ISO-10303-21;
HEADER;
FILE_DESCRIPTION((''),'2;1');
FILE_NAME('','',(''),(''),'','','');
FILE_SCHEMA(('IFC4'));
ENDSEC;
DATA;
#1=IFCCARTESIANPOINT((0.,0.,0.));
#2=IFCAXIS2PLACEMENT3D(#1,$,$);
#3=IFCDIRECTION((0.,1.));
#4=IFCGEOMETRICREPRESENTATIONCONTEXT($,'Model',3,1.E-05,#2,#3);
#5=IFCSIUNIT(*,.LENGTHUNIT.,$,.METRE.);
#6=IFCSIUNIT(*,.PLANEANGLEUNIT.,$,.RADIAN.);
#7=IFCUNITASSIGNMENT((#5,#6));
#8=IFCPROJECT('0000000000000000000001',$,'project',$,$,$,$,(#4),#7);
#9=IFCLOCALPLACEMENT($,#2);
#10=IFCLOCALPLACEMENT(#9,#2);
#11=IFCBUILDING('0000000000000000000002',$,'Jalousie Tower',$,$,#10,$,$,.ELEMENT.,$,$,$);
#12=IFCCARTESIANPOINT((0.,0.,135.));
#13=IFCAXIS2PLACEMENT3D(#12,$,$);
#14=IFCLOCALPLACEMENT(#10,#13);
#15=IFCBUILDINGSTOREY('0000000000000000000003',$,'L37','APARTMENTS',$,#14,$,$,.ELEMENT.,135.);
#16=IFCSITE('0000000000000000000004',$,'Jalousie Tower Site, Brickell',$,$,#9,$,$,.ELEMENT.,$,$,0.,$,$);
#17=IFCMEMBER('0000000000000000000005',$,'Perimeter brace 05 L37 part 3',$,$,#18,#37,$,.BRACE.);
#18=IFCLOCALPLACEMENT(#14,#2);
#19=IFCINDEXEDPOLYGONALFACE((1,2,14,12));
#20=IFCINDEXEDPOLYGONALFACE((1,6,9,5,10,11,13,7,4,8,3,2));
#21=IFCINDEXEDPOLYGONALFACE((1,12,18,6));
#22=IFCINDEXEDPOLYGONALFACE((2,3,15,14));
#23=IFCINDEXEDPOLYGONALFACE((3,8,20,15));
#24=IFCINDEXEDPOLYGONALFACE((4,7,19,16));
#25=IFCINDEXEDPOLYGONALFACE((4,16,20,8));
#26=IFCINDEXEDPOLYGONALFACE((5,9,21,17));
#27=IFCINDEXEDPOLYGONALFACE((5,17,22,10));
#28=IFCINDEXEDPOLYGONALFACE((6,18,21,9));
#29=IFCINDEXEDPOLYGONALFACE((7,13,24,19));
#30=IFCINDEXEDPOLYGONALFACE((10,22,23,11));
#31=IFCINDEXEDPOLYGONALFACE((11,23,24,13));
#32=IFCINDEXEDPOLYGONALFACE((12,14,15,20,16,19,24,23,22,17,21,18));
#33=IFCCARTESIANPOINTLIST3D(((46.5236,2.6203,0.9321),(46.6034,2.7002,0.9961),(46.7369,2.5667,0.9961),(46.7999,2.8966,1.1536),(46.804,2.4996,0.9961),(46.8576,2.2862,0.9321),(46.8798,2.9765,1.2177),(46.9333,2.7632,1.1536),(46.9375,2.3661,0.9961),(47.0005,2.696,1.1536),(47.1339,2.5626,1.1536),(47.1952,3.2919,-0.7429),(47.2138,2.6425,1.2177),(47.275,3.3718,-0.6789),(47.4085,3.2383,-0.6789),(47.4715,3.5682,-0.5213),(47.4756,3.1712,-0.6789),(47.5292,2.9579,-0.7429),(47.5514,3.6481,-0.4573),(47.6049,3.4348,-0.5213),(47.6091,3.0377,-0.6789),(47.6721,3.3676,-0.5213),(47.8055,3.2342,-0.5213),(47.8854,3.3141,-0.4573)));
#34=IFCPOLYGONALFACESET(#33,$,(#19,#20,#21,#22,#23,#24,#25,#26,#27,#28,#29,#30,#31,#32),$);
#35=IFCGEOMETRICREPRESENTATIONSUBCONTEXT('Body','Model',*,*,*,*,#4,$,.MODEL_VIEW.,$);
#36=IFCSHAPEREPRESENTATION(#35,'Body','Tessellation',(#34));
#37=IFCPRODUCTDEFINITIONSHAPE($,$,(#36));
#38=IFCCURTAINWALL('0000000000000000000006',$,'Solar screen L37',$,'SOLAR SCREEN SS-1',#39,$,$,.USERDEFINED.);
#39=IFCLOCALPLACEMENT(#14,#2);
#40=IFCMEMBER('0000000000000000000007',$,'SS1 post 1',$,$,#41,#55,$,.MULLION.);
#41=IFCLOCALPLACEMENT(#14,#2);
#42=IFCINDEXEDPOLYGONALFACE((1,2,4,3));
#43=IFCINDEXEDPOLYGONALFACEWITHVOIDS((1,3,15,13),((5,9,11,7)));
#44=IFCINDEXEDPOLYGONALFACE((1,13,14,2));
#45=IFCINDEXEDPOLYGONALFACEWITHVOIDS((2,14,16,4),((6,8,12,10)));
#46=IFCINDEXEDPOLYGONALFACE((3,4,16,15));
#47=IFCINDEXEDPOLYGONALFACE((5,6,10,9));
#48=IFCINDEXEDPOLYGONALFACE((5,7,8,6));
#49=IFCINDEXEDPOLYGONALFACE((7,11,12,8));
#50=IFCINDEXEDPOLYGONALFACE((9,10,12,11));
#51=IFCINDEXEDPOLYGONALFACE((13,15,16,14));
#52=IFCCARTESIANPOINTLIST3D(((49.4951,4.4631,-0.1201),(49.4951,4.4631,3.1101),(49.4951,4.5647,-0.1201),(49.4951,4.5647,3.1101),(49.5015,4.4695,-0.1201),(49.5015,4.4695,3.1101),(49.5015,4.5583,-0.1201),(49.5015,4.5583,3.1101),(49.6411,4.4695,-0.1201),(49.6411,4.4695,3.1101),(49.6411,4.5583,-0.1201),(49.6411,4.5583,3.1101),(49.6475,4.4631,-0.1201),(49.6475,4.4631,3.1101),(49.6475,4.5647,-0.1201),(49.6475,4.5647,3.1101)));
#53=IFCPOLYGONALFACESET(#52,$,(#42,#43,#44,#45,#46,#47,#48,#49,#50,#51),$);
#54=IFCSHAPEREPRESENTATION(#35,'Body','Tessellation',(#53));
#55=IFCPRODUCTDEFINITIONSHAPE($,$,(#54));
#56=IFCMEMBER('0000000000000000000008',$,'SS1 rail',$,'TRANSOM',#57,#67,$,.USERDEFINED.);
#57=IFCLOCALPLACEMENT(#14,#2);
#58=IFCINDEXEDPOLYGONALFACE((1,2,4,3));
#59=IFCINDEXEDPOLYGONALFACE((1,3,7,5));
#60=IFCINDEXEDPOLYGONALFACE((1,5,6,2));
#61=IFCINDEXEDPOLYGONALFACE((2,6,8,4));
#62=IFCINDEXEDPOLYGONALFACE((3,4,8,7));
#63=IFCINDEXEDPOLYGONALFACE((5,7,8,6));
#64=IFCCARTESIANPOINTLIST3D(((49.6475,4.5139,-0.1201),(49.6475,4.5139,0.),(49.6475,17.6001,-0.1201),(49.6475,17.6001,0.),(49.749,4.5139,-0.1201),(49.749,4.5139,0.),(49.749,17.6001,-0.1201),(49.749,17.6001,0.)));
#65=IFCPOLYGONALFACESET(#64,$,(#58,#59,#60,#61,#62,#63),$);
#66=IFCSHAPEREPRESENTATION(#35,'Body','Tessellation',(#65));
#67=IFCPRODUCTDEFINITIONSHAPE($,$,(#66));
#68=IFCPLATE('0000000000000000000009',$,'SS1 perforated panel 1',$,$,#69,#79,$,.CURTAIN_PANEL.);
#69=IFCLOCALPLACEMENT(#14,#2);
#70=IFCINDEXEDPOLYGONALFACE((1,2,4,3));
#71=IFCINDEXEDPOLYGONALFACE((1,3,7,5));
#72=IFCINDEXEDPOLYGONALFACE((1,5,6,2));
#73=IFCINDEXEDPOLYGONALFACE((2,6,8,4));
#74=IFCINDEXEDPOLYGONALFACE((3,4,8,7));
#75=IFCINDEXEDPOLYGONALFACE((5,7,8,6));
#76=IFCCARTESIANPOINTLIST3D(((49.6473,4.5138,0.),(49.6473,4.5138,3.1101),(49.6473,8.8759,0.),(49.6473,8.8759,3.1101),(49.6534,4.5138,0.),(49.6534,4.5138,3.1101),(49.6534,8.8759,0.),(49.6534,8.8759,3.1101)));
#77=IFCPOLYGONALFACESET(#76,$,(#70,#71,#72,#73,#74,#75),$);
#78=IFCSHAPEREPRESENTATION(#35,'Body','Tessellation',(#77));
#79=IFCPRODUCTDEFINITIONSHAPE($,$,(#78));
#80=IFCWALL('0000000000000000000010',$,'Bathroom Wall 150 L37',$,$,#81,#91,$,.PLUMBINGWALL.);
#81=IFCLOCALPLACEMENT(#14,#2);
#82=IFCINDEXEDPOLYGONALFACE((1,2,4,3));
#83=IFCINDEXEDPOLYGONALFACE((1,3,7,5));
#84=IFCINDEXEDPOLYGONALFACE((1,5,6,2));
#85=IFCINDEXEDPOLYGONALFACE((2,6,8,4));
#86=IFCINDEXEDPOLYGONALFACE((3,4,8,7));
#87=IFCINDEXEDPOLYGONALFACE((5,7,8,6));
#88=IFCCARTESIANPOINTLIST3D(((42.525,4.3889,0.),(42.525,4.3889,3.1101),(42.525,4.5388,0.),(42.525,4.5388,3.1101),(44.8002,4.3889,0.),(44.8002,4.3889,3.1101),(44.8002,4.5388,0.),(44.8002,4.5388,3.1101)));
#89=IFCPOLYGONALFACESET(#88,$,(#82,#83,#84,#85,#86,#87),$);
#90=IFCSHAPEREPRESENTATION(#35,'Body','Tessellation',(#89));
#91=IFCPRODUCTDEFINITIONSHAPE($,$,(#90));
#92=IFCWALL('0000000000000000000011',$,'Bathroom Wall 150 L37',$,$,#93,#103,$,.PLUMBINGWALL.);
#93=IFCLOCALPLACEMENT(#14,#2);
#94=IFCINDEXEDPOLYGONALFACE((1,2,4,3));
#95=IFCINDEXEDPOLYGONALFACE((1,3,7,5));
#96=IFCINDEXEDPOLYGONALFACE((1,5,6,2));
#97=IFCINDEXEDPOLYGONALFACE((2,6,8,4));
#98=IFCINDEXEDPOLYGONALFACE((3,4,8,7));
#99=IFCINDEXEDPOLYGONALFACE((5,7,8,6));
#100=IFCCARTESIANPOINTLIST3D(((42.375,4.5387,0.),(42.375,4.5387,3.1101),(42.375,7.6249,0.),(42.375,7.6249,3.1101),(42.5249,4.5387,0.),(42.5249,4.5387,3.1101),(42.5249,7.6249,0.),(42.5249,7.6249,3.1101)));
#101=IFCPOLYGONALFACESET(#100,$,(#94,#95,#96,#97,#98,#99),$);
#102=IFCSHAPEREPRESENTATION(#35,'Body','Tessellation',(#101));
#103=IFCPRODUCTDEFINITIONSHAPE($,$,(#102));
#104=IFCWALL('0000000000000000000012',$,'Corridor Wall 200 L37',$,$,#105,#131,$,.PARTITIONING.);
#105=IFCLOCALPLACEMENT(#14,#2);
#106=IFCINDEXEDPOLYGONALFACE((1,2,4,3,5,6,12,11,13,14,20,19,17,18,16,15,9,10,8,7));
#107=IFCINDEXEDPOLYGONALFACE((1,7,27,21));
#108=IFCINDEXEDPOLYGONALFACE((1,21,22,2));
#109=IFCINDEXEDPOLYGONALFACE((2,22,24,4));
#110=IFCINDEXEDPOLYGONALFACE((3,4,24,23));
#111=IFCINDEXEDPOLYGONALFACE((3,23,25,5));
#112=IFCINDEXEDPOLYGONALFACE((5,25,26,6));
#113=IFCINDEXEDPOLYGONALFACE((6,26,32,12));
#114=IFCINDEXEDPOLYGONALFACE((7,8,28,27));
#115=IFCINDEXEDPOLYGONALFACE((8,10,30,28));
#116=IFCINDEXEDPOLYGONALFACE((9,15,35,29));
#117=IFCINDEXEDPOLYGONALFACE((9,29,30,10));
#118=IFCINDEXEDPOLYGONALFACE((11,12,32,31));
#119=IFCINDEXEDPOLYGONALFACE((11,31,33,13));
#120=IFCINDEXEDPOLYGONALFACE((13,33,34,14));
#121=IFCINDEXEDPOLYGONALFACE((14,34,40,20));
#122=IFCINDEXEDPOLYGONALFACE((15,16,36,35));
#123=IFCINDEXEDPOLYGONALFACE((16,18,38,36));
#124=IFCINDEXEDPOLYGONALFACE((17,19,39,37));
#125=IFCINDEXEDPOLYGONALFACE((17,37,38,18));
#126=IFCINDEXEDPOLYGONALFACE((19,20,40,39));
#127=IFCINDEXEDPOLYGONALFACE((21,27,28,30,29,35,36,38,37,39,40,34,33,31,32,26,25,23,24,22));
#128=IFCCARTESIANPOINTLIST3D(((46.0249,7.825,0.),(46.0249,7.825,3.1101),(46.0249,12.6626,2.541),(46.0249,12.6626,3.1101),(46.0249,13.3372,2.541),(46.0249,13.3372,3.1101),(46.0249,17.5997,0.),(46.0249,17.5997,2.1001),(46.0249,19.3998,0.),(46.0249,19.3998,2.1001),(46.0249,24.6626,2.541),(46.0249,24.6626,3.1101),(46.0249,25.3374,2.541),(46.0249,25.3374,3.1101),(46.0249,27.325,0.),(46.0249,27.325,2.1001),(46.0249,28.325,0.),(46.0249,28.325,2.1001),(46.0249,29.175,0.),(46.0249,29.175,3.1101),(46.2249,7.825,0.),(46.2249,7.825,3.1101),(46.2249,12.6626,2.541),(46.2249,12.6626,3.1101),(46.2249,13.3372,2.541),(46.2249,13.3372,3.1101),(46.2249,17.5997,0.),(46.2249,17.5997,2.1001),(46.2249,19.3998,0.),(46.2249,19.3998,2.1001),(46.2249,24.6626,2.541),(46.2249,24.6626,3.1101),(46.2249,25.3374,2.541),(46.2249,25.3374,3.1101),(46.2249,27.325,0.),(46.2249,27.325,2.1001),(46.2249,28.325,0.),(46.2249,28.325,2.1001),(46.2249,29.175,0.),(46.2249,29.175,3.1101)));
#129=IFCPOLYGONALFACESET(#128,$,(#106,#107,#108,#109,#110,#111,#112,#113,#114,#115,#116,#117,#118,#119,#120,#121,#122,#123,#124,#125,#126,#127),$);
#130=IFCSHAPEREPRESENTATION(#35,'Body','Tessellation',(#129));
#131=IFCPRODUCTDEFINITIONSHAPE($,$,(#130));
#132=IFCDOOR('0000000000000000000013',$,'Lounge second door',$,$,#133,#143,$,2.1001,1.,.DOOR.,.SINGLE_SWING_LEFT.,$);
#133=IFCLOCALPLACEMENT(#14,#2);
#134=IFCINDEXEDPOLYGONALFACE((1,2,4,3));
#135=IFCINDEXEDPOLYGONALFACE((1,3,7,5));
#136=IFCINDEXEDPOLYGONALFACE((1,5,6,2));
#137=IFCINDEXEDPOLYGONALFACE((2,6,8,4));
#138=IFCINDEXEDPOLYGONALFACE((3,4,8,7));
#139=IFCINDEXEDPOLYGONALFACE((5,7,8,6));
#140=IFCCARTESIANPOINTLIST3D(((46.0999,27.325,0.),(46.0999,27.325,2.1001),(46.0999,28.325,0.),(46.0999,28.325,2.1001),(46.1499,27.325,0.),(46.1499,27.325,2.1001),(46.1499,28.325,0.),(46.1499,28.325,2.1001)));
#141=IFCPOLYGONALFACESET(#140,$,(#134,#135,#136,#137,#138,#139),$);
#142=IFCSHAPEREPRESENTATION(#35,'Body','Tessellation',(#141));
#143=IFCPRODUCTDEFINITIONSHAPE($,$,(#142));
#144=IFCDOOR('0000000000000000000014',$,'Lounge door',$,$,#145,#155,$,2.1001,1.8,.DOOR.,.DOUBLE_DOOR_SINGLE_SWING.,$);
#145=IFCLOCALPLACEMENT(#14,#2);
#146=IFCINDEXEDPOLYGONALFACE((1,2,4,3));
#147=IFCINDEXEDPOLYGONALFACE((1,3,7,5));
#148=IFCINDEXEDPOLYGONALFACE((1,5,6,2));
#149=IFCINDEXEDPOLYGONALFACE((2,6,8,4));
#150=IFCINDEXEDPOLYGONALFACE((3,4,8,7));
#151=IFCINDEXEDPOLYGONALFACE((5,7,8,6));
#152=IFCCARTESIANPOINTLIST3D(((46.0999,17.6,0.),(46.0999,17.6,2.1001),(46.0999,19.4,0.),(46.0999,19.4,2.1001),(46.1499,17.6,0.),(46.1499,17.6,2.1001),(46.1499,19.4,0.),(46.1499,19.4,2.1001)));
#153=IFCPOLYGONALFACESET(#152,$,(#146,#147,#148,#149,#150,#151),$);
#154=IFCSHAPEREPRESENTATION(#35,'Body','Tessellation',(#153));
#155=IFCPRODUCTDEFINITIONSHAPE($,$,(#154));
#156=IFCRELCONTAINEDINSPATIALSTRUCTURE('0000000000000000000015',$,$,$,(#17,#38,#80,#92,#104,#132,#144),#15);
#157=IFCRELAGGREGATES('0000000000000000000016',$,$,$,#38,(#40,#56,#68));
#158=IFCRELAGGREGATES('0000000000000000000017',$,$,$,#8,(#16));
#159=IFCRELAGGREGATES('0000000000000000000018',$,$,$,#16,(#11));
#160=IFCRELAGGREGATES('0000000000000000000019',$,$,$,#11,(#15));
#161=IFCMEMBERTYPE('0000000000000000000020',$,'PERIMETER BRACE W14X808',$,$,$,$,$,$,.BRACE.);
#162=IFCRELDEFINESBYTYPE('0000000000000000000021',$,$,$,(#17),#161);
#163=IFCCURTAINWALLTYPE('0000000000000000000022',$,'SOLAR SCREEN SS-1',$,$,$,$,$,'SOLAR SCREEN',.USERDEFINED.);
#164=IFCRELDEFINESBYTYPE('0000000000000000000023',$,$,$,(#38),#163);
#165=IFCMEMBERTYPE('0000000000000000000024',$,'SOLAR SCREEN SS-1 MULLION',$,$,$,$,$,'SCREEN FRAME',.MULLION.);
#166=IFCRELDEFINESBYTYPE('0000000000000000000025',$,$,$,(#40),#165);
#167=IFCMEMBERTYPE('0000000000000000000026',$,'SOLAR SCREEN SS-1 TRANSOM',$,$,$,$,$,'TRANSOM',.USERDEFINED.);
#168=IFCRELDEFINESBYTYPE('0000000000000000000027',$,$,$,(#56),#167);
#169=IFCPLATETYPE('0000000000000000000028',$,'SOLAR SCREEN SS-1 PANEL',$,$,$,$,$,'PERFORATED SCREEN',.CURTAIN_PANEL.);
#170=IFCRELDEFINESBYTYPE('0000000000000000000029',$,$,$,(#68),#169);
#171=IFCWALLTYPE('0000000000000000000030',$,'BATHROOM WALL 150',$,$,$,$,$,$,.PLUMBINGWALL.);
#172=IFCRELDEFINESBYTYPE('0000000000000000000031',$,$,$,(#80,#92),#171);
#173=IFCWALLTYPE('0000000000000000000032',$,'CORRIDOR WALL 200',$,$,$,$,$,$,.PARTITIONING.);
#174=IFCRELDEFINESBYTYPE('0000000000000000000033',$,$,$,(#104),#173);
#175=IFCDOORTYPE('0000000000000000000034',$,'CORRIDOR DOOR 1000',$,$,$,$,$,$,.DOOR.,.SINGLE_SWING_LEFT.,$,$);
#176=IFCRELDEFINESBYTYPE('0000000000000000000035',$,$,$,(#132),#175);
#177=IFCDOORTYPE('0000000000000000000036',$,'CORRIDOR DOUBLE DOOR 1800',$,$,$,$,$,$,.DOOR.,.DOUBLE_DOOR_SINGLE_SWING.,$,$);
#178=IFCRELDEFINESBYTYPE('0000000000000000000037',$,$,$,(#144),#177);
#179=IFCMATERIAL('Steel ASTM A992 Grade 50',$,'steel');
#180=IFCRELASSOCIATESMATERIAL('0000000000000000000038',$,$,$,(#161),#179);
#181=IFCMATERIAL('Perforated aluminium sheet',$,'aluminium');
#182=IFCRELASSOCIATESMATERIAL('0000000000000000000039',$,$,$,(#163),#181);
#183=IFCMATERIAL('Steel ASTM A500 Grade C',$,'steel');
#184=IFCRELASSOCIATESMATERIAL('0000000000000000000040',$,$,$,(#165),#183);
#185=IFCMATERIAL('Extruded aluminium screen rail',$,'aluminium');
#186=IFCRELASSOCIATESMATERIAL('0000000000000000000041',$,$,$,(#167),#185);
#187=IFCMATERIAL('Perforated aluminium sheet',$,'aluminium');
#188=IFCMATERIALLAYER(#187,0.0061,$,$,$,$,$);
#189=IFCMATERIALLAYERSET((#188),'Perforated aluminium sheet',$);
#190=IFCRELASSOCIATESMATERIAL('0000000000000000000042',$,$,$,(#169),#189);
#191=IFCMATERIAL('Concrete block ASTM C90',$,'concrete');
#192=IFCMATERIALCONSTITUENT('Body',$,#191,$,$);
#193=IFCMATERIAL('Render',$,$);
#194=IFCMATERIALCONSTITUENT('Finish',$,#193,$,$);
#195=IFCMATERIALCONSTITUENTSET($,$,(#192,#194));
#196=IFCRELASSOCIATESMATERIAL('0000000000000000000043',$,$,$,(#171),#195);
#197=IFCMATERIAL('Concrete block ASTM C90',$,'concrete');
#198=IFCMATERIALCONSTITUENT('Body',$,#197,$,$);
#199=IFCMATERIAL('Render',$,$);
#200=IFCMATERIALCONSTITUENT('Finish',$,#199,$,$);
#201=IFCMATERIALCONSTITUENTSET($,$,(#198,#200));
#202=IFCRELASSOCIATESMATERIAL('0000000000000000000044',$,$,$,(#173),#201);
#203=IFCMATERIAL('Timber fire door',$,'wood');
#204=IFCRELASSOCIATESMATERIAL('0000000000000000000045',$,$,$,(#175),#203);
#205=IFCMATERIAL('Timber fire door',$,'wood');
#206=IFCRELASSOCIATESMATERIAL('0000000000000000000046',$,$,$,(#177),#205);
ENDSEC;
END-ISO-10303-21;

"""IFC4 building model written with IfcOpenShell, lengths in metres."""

from ifc_helpers import new_model, si_unit, direction, frame, frame_2d, origin, origin_2d, place, context, subcontext, project, spatial, polyline, rectangle, hollow_rectangle, i_section, outline, extrude, material, layer, layer_set, constituent, constituent_set, material_profile, profile_set, type_object, element, fill, aggregate, save


model = new_model("IFC4")

# Units and contexts
model_context = context("Model", 3, precision=1e-05, world=origin(), true_north=direction((0.0, 1.0)))
body_context = subcontext(model_context, "Body", "Model", "MODEL_VIEW")
ifc_project = project(units=[si_unit("LENGTHUNIT", "METRE"), si_unit("PLANEANGLEUNIT", "RADIAN")], contexts=[model_context])

# Site, building, storey
site_placement = place(None, origin())
site = spatial("IfcSite", under=ifc_project, at=site_placement, Name="Jalousie Tower Site, Brickell", CompositionType="ELEMENT", RefElevation=0.0)
building_placement = place(site_placement, origin())
building = spatial("IfcBuilding", under=site, at=building_placement, Name="Jalousie Tower", CompositionType="ELEMENT")
storey_placement = place(building_placement, frame((0.0, 0.0, 135.0)))
storey = spatial("IfcBuildingStorey", under=building, at=storey_placement, Name="L37", Description="APARTMENTS", CompositionType="ELEMENT", Elevation=135.0)

# Member
ifc_material_1 = material(Name="Steel ASTM A992 Grade 50", Category="steel")
ifc_material_profile_1 = material_profile(ifc_material_1, i_section(OverallWidth=0.4724, OverallDepth=0.5791, WebThickness=0.095, FlangeThickness=0.1299, at=origin_2d()), Name="W14X808")
ifc_profile_set_1 = profile_set([ifc_material_profile_1], Name="Steel ASTM A992 Grade 50")
member_type_1 = type_object("IfcMemberType", Name="PERIMETER BRACE W14X808", PredefinedType="BRACE", material=ifc_profile_set_1)
member_1_placement = place(storey_placement, frame((47.5403, 3.303, -0.6001), z_axis=(-0.348789, -0.348789, 0.869881), x_axis=(0.707107, -0.707107, 0.0)))
element("IfcMember", 1, at=member_1_placement, inside=storey, type_object=member_type_1, Name="Perimeter brace 05 L37 part 3", PredefinedType="BRACE", context=body_context, shape_type="SweptSolid", body=[
    extrude(i_section(OverallWidth=0.4724, OverallDepth=0.5791, WebThickness=0.095, FlangeThickness=0.1299, at=origin_2d()), origin(), (0.0, 0.0, 1.0), 1.9255),
])

# Curtain wall, members, plate
ifc_material_2 = material(Name="Perforated aluminium sheet", Category="aluminium")
curtain_wall_type = type_object("IfcCurtainWallType", Name="SOLAR SCREEN SS-1", ElementType="SOLAR SCREEN", PredefinedType="USERDEFINED", material=ifc_material_2)
curtain_wall_placement = place(storey_placement, origin())
curtain_wall = element("IfcCurtainWall", 2, at=curtain_wall_placement, inside=storey, type_object=curtain_wall_type, Name="Solar screen L37", ObjectType="SOLAR SCREEN SS-1", PredefinedType="USERDEFINED")
ifc_material_3 = material(Name="Steel ASTM A500 Grade C", Category="steel")
ifc_material_profile_2 = material_profile(ifc_material_3, hollow_rectangle(XDim=0.1016, YDim=0.1523, WallThickness=0.0063, at=origin_2d()), Name="HSS6X4X1/4")
ifc_profile_set_2 = profile_set([ifc_material_profile_2], Name="Steel ASTM A500 Grade C")
member_type_2 = type_object("IfcMemberType", Name="SOLAR SCREEN SS-1 MULLION", ElementType="SCREEN FRAME", PredefinedType="MULLION", material=ifc_profile_set_2)
member_2_placement = place(storey_placement, frame((49.5713, 4.5139, -0.1201), z_axis=(0.0, 0.0, 1.0), x_axis=(0.0, 1.0, 0.0)))
member_2 = element("IfcMember", 3, at=member_2_placement, type_object=member_type_2, Name="SS1 post 1", PredefinedType="MULLION", context=body_context, shape_type="SweptSolid", body=[
    extrude(hollow_rectangle(XDim=0.1016, YDim=0.1523, WallThickness=0.0063, at=origin_2d()), origin(), (0.0, 0.0, 1.0), 3.2302),
])
ifc_material_4 = material(Name="Extruded aluminium screen rail", Category="aluminium")
ifc_material_profile_3 = material_profile(ifc_material_4, rectangle(XDim=0.1016, YDim=0.1201, at=origin_2d()), Name="RAIL 102x120")
ifc_profile_set_3 = profile_set([ifc_material_profile_3], Name="Extruded aluminium screen rail")
member_type_3 = type_object("IfcMemberType", Name="SOLAR SCREEN SS-1 TRANSOM", ElementType="TRANSOM", PredefinedType="USERDEFINED", material=ifc_profile_set_3)
member_3_placement = place(storey_placement, frame((49.6982, 4.5139, -0.0601), z_axis=(0.0, 1.0, 0.0), x_axis=(-1.0, 0.0, 0.0)))
member_3 = element("IfcMember", 4, at=member_3_placement, type_object=member_type_3, Name="SS1 rail", ObjectType="TRANSOM", PredefinedType="USERDEFINED", context=body_context, shape_type="SweptSolid", body=[
    extrude(rectangle(XDim=0.1016, YDim=0.1201, at=origin_2d()), origin(), (0.0, 0.0, 1.0), 13.0862),
])
ifc_material_5 = material(Name="Perforated aluminium sheet", Category="aluminium")
ifc_layer = layer(ifc_material_5, 0.0061)
ifc_layer_set = layer_set([ifc_layer], Name="Perforated aluminium sheet")
plate_type = type_object("IfcPlateType", Name="SOLAR SCREEN SS-1 PANEL", ElementType="PERFORATED SCREEN", PredefinedType="CURTAIN_PANEL", material=ifc_layer_set)
plate_placement = place(storey_placement, frame((49.6504, 6.6948, 0.0), z_axis=(0.0, 0.0, 1.0), x_axis=(0.0, 1.0, 0.0)))
plate = element("IfcPlate", 5, at=plate_placement, type_object=plate_type, Name="SS1 perforated panel 1", PredefinedType="CURTAIN_PANEL", context=body_context, shape_type="SweptSolid", body=[
    extrude(rectangle(XDim=4.3621, YDim=0.0061, at=origin_2d()), origin(), (0.0, 0.0, 1.0), 3.1101),
])
aggregate(curtain_wall, [member_2, member_3, plate])

# Walls
ifc_material_6 = material(Name="Concrete block ASTM C90", Category="concrete")
ifc_constituent_1 = constituent(ifc_material_6, Name="Body")
ifc_material_7 = material(Name="Render")
ifc_constituent_2 = constituent(ifc_material_7, Name="Finish")
ifc_constituent_set_1 = constituent_set(constituents=[ifc_constituent_1, ifc_constituent_2])
wall_type_1 = type_object("IfcWallType", Name="BATHROOM WALL 150", PredefinedType="PLUMBINGWALL", material=ifc_constituent_set_1)
wall_1_placement = place(storey_placement, frame((42.5249, 4.4639, 0.0), z_axis=(0.0, 0.0, 1.0), x_axis=(1.0, 0.0, 0.0)))
element("IfcWall", 6, at=wall_1_placement, inside=storey, type_object=wall_type_1, Name="Bathroom Wall 150 L37", PredefinedType="PLUMBINGWALL", context=body_context, shape_type="SweptSolid", body=[
    extrude(rectangle(XDim=2.2751, YDim=0.1499, at=frame_2d((1.1377, 0.0))), origin(), (0.0, 0.0, 1.0), 3.1101),
])
wall_2_placement = place(storey_placement, frame((42.45, 4.5388, 0.0), z_axis=(0.0, 0.0, 1.0), x_axis=(0.0, 1.0, 0.0)))
element("IfcWall", 7, at=wall_2_placement, inside=storey, type_object=wall_type_1, Name="Bathroom Wall 150 L37", PredefinedType="PLUMBINGWALL", context=body_context, shape_type="SweptSolid", body=[
    extrude(rectangle(XDim=3.0862, YDim=0.1499, at=frame_2d((1.543, 0.0))), origin(), (0.0, 0.0, 1.0), 3.1101),
])

# Wall, openings, doors
ifc_material_8 = material(Name="Concrete block ASTM C90", Category="concrete")
ifc_constituent_3 = constituent(ifc_material_8, Name="Body")
ifc_material_9 = material(Name="Render")
ifc_constituent_4 = constituent(ifc_material_9, Name="Finish")
ifc_constituent_set_2 = constituent_set(constituents=[ifc_constituent_3, ifc_constituent_4])
wall_type_2 = type_object("IfcWallType", Name="CORRIDOR WALL 200", PredefinedType="PARTITIONING", material=ifc_constituent_set_2)
wall_3_placement = place(storey_placement, frame((46.125, 7.825, 0.0), z_axis=(0.0, 0.0, 1.0), x_axis=(0.0, 1.0, 0.0)))
wall_3 = element("IfcWall", 8, at=wall_3_placement, inside=storey, type_object=wall_type_2, Name="Corridor Wall 200 L37", PredefinedType="PARTITIONING", context=body_context, shape_type="SweptSolid", body=[
    extrude(outline(polyline([(0.0, 0.0), (21.3501, 0.0), (21.3501, 3.1101), (17.5125, 3.1101), (17.5125, 2.541), (16.8376, 2.541), (16.8376, 3.1101), (5.5122, 3.1101), (5.5122, 2.541), (4.8376, 2.541), (4.8376, 3.1101), (0.0, 3.1101), (0.0, 0.0)])), frame((0.0, 0.1001, 0.0), z_axis=(0.0, -1.0, 0.0), x_axis=(1.0, 0.0, 0.0)), (0.0, 0.0, 1.0), 0.2),
])
opening_1_placement = place(wall_3_placement, frame((9.7749, 0.0, 0.0)))
opening_1 = element("IfcOpeningElement", 9, at=opening_1_placement, cuts=wall_3, PredefinedType="OPENING", context=body_context, shape_type="SweptSolid", body=[
    extrude(rectangle(XDim=1.8, YDim=2.1001, at=frame_2d((0.8999, 1.05))), frame((0.0, 0.1099, 0.0), z_axis=(0.0, -1.0, 0.0), x_axis=(1.0, 0.0, 0.0)), (0.0, 0.0, 1.0), 0.22),
])
opening_2_placement = place(wall_3_placement, frame((19.5, 0.0, 0.0)))
opening_2 = element("IfcOpeningElement", 10, at=opening_2_placement, cuts=wall_3, PredefinedType="OPENING", context=body_context, shape_type="SweptSolid", body=[
    extrude(rectangle(XDim=1.0, YDim=2.1001, at=frame_2d((0.5, 1.05))), frame((0.0, 0.1099, 0.0), z_axis=(0.0, -1.0, 0.0), x_axis=(1.0, 0.0, 0.0)), (0.0, 0.0, 1.0), 0.22),
])
ifc_material_10 = material(Name="Timber fire door", Category="wood")
door_type_1 = type_object("IfcDoorType", Name="CORRIDOR DOOR 1000", OperationType="SINGLE_SWING_LEFT", PredefinedType="DOOR", material=ifc_material_10)
door_1_placement = place(opening_2_placement, frame((1.0, 0.0, 0.0), z_axis=(0.0, 0.0, 1.0), x_axis=(-1.0, 0.0, 0.0)))
door_1 = element("IfcDoor", 11, at=door_1_placement, inside=storey, type_object=door_type_1, Name="Lounge second door", OperationType="SINGLE_SWING_LEFT", OverallHeight=2.1001, OverallWidth=1.0, PredefinedType="DOOR", context=body_context, shape_type="SweptSolid", body=[
    extrude(rectangle(XDim=1.0, YDim=2.1001, at=frame_2d((0.5, 1.05))), frame((0.0, 0.0249, 0.0), z_axis=(0.0, -1.0, 0.0), x_axis=(1.0, 0.0, 0.0)), (0.0, 0.0, 1.0), 0.05),
])
fill(opening_2, door_1)
ifc_material_11 = material(Name="Timber fire door", Category="wood")
door_type_2 = type_object("IfcDoorType", Name="CORRIDOR DOUBLE DOOR 1800", OperationType="DOUBLE_DOOR_SINGLE_SWING", PredefinedType="DOOR", material=ifc_material_11)
door_2_placement = place(opening_1_placement, frame((1.8, 0.0, 0.0), z_axis=(0.0, 0.0, 1.0), x_axis=(-1.0, 0.0, 0.0)))
door_2 = element("IfcDoor", 12, at=door_2_placement, inside=storey, type_object=door_type_2, Name="Lounge door", OperationType="DOUBLE_DOOR_SINGLE_SWING", OverallHeight=2.1001, OverallWidth=1.8, PredefinedType="DOOR", context=body_context, shape_type="SweptSolid", body=[
    extrude(rectangle(XDim=1.8, YDim=2.1001, at=frame_2d((0.8999, 1.05))), frame((0.0, 0.0249, 0.0), z_axis=(0.0, -1.0, 0.0), x_axis=(1.0, 0.0, 0.0)), (0.0, 0.0, 1.0), 0.05),
])
fill(opening_1, door_2)

save(model, "model.ifc")
